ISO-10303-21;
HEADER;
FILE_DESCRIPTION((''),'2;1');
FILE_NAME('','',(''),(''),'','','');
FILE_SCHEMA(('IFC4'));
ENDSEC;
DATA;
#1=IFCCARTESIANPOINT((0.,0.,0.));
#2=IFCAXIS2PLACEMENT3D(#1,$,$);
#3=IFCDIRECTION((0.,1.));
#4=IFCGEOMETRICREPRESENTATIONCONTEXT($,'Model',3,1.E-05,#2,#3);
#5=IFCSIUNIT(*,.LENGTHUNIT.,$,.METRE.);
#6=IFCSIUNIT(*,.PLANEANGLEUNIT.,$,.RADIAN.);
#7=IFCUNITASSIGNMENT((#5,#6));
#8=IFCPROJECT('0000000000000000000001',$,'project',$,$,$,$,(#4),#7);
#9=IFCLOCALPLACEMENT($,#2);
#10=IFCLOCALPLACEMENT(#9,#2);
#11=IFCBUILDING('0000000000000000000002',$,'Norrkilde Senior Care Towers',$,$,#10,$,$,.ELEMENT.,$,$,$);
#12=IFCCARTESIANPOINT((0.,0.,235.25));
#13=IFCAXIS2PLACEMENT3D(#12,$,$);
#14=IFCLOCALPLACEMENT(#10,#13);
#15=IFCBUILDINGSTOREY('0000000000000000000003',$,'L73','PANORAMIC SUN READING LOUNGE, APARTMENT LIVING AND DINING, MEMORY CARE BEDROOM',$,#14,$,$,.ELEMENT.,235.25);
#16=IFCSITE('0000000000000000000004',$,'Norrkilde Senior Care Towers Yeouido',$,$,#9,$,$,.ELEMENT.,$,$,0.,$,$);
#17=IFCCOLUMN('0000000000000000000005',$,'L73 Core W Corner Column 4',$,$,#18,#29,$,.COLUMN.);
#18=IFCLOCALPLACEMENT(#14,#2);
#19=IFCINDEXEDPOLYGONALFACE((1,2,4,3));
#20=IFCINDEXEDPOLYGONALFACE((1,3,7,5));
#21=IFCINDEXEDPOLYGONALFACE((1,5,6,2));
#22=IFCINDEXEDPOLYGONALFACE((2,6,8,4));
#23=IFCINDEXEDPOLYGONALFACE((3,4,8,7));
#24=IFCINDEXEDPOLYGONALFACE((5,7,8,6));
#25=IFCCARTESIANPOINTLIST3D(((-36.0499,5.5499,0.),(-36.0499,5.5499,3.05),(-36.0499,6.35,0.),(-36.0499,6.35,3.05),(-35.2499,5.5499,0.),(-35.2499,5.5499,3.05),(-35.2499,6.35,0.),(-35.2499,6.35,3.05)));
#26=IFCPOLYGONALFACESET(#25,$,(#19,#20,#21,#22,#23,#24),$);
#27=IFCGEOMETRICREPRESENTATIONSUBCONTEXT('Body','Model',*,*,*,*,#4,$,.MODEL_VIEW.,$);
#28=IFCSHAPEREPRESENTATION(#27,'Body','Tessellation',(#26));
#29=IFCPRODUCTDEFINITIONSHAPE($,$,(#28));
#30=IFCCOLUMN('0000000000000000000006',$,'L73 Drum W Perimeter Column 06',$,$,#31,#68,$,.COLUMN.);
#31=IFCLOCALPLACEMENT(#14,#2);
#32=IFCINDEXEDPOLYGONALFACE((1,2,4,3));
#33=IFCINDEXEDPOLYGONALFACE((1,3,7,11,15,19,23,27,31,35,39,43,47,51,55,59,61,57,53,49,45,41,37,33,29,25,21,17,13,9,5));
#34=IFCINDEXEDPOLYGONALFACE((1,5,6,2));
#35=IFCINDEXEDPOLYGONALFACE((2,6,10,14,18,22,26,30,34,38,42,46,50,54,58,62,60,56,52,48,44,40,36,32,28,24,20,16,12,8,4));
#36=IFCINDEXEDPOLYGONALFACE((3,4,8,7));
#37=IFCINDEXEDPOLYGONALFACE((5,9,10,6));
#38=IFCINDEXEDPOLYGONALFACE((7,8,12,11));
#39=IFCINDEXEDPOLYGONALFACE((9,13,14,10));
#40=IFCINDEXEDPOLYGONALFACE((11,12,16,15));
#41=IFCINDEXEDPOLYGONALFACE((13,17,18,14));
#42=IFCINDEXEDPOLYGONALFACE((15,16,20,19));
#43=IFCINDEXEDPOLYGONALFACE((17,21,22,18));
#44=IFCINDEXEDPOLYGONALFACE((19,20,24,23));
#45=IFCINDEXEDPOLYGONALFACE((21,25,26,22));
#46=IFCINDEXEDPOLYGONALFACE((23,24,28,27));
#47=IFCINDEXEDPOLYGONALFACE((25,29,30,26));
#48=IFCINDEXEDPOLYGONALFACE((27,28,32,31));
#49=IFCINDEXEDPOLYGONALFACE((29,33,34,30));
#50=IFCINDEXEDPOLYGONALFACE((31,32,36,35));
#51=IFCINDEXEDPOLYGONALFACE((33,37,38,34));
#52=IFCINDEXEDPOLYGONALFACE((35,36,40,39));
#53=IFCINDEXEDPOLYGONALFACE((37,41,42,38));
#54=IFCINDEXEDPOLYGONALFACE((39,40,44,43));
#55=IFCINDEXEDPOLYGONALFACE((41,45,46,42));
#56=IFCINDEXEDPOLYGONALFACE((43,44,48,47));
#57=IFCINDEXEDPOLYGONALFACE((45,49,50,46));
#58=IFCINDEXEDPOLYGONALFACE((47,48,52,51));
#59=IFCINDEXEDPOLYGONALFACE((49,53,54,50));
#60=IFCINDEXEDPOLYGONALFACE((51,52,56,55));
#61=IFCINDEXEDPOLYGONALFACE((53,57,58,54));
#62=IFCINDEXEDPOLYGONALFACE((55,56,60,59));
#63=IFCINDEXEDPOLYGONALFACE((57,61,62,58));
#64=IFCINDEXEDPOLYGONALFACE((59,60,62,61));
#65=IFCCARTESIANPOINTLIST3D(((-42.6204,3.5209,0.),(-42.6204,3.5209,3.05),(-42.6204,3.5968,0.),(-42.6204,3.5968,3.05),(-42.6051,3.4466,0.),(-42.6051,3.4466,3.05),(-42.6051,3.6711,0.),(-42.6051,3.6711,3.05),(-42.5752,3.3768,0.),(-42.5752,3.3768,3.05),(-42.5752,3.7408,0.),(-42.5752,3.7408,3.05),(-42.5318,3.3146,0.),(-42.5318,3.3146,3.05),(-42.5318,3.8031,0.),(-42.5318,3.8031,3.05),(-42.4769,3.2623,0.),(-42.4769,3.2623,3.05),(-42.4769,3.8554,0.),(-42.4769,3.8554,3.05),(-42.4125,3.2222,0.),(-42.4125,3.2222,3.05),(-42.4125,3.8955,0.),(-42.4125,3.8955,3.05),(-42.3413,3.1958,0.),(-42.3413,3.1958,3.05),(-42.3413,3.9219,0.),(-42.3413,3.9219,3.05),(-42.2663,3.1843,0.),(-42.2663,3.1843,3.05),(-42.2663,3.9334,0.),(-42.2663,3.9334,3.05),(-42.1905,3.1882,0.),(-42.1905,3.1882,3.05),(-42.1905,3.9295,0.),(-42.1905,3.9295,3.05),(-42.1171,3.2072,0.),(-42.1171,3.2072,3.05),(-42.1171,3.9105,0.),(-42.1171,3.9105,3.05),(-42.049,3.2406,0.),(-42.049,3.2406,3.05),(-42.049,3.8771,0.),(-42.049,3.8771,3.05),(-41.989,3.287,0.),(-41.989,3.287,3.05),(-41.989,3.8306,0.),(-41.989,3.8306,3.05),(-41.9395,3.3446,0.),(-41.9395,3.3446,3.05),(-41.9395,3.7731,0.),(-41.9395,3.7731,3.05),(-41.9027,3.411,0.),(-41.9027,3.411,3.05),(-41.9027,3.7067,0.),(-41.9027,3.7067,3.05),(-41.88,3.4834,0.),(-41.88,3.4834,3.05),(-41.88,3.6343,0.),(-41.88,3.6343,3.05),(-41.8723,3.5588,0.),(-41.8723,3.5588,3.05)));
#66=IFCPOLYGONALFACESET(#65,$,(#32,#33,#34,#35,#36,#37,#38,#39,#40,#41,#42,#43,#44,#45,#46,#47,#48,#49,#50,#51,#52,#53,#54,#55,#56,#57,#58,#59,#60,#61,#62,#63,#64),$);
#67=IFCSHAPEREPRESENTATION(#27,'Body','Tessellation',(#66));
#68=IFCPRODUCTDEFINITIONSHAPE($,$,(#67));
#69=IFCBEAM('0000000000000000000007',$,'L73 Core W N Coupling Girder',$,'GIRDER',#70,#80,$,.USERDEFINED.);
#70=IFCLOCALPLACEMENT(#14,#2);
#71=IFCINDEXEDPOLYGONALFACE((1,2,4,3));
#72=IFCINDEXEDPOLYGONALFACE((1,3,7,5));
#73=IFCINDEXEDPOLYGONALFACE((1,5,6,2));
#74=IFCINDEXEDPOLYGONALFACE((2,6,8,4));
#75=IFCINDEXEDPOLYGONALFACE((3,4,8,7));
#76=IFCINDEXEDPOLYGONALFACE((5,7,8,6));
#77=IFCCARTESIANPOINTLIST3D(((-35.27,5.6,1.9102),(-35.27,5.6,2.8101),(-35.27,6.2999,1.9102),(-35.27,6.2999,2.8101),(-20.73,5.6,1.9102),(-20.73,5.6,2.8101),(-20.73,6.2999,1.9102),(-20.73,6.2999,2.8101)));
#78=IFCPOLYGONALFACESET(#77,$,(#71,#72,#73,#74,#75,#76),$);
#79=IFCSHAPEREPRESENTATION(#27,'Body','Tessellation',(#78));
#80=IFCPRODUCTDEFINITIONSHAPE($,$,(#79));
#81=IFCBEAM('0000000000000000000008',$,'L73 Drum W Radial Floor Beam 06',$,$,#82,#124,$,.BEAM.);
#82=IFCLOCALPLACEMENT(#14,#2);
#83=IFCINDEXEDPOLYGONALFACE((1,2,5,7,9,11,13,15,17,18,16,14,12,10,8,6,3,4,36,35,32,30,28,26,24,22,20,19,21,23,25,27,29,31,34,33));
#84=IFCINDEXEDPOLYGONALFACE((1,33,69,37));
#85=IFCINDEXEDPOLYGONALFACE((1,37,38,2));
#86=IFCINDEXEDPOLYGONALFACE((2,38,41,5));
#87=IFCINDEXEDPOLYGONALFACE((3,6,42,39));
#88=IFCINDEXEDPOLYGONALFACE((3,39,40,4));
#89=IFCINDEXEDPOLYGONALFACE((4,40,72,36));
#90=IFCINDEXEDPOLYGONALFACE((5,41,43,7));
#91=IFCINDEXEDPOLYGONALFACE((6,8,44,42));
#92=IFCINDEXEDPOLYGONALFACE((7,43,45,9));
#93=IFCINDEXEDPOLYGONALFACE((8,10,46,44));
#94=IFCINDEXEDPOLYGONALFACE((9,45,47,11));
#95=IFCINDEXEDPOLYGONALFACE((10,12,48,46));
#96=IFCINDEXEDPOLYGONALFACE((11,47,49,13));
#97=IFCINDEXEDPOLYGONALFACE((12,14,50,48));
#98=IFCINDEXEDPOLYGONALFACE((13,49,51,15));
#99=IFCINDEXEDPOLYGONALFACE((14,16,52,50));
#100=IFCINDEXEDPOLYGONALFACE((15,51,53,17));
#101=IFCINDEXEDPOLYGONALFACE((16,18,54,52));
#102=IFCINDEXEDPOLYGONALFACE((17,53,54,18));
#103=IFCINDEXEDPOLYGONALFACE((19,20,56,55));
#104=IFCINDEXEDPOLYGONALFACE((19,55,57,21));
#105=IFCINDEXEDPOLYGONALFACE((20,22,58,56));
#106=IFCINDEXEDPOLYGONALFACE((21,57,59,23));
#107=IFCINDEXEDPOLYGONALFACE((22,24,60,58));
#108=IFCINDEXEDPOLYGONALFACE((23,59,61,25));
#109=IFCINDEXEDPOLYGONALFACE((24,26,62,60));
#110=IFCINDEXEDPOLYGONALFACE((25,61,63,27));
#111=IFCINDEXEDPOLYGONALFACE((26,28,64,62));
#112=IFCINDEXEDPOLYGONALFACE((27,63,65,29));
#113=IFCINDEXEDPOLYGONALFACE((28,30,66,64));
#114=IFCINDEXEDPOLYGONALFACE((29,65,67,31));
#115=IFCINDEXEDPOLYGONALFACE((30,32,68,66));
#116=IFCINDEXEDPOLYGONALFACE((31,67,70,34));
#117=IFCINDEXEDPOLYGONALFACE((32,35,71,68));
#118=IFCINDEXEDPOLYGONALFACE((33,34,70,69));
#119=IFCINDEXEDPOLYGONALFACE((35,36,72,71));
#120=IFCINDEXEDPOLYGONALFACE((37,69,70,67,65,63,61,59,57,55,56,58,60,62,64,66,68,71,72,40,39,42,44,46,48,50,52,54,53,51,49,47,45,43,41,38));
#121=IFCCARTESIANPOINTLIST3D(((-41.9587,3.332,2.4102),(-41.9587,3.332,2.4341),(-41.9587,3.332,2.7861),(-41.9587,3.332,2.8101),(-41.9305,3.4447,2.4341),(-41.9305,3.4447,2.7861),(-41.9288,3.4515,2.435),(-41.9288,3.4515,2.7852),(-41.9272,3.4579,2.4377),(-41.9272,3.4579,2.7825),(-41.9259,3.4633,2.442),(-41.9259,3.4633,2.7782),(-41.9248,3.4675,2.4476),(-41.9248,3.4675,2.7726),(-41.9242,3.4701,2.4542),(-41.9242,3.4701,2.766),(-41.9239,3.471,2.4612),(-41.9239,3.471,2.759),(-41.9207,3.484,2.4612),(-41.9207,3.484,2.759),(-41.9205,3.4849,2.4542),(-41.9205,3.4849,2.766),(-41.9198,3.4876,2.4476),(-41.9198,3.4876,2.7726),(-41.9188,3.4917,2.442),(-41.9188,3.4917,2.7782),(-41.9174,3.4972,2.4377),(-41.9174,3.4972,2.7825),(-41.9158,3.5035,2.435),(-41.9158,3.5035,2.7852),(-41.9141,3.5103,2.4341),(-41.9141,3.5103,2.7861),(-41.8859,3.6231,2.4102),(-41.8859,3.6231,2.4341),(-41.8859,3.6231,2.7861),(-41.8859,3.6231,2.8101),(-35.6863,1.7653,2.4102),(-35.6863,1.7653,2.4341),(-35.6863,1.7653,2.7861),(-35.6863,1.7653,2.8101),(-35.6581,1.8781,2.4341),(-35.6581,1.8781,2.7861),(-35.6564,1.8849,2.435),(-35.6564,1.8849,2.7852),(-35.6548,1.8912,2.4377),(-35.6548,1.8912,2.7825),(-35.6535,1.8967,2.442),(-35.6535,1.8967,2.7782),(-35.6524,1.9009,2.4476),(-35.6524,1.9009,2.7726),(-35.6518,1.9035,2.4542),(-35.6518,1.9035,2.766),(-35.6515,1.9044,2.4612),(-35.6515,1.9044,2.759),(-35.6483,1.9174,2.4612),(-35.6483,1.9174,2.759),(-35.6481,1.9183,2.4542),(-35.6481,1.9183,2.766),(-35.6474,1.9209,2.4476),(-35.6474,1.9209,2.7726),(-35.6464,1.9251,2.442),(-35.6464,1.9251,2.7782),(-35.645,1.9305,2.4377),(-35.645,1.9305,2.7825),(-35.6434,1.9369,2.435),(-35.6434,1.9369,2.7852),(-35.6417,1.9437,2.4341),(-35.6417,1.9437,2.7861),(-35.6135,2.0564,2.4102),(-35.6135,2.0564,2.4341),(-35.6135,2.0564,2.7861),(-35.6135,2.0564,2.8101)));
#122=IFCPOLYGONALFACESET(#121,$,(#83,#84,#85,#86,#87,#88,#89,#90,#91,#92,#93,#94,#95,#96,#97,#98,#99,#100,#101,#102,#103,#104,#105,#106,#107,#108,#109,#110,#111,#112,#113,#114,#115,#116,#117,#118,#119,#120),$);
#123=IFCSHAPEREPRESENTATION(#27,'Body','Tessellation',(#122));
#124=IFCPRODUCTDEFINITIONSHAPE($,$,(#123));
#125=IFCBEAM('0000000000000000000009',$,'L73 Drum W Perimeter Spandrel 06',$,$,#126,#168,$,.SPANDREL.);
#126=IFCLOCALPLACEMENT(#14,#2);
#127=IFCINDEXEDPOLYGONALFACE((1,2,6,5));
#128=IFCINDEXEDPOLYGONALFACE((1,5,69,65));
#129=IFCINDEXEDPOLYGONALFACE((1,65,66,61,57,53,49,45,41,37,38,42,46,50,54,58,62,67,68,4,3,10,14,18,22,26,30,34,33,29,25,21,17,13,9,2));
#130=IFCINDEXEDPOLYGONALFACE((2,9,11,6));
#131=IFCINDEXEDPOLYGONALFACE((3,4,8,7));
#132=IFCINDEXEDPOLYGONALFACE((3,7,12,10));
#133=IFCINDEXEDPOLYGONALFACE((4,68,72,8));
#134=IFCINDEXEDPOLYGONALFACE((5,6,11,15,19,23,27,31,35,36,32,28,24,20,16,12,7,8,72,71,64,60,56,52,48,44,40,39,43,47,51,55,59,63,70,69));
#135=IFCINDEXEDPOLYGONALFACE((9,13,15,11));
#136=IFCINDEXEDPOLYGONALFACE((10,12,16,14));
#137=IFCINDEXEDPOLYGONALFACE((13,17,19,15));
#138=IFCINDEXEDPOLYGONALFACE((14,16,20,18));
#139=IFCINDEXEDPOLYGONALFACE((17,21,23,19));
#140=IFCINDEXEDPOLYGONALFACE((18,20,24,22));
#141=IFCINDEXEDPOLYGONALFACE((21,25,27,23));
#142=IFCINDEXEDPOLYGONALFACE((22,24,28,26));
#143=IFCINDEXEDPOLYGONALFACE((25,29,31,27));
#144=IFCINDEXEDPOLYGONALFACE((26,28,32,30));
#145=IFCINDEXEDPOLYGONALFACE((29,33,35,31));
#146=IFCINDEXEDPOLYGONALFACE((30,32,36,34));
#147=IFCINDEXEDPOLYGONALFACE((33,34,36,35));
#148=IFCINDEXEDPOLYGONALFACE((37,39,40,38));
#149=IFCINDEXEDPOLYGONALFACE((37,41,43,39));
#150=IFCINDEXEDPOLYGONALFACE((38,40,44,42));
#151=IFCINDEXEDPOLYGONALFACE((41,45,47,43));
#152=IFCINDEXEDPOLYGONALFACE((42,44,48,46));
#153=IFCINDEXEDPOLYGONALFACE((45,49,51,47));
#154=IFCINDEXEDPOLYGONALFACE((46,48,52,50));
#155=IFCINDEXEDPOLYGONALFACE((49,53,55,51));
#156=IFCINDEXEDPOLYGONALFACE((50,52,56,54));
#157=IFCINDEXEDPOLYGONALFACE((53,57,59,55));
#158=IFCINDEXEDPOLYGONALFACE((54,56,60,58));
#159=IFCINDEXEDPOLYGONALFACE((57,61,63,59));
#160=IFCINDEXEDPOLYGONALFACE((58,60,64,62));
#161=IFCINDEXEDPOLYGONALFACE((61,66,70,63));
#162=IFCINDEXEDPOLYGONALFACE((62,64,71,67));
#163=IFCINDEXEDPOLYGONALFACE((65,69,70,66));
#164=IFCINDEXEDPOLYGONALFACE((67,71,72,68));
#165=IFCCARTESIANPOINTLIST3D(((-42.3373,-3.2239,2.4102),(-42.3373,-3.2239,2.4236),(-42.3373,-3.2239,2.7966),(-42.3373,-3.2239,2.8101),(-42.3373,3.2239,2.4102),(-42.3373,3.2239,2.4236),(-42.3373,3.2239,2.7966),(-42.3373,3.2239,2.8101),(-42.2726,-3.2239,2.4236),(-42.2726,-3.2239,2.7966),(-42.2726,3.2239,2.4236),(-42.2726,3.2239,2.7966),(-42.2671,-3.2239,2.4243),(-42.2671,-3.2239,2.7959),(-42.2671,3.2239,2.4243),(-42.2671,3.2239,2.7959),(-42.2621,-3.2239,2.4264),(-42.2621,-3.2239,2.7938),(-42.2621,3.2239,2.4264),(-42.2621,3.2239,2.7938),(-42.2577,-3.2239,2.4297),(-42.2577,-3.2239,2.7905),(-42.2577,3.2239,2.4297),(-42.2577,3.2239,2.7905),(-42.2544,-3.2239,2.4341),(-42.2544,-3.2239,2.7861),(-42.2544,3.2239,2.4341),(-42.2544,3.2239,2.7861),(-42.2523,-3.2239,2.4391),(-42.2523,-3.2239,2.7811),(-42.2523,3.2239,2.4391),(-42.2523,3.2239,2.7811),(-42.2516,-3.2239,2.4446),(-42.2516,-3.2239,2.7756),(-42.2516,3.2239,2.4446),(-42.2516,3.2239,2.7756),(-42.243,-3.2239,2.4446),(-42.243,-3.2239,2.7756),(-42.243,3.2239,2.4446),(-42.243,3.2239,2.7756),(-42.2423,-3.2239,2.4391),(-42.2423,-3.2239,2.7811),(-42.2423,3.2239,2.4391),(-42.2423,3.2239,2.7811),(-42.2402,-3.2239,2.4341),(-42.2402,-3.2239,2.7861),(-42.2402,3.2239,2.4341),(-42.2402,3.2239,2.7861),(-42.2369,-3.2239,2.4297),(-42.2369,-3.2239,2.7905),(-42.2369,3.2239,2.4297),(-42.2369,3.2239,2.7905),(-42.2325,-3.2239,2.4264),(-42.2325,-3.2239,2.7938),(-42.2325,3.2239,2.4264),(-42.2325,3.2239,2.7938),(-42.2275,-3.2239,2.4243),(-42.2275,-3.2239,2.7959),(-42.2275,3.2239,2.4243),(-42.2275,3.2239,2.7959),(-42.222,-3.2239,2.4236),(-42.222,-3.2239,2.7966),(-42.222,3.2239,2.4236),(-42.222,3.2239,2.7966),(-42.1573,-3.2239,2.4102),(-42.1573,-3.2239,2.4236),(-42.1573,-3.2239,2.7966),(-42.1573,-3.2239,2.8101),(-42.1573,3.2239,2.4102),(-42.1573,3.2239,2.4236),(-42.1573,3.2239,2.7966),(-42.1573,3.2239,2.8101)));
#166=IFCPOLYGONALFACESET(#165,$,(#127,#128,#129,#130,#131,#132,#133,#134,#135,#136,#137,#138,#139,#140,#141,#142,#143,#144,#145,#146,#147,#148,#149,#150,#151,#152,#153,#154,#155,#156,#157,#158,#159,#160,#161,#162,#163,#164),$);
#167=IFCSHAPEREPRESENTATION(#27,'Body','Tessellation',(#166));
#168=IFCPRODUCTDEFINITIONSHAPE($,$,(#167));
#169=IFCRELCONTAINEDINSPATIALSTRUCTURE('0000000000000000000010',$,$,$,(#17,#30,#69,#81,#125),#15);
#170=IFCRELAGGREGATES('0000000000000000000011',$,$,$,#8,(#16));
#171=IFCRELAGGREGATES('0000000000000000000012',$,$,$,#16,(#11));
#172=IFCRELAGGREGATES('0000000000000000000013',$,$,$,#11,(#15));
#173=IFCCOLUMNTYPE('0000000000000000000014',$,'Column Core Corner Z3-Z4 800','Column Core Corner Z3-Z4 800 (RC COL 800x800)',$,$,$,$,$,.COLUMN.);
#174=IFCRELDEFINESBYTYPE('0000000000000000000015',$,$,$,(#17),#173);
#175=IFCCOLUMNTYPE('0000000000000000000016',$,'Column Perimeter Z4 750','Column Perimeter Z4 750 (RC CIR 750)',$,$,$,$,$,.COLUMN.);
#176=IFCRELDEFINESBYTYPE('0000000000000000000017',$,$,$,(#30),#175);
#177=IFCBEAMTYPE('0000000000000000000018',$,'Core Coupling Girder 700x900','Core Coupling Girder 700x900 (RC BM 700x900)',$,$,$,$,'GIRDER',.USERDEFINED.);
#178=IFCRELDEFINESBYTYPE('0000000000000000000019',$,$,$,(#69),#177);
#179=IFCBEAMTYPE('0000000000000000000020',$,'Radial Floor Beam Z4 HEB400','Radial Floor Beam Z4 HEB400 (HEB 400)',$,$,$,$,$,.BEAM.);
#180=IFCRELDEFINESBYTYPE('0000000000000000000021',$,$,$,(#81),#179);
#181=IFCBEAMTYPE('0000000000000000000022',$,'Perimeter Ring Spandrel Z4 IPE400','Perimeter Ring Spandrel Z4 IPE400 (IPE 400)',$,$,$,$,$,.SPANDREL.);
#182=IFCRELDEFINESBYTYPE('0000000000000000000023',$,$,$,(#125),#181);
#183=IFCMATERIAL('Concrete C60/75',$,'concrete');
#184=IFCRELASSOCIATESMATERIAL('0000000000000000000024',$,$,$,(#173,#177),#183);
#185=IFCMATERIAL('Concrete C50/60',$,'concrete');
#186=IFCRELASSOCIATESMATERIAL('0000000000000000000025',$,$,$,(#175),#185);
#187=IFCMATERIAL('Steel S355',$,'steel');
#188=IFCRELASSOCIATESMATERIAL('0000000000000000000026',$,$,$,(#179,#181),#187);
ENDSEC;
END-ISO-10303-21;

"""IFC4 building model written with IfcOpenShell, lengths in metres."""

from ifc_helpers import new_model, si_unit, direction, frame, origin, origin_2d, place, context, subcontext, project, spatial, rectangle, circle, i_section, extrude, source, transform, mapped, material, material_profile, profile_set, type_object, type_shapes, element, save


model = new_model("IFC4")

# Units and contexts
model_context = context("Model", 3, precision=1e-05, world=origin(), true_north=direction((0.0, 1.0)))
body_context = subcontext(model_context, "Body", "Model", "MODEL_VIEW")
ifc_project = project(units=[si_unit("LENGTHUNIT", "METRE"), si_unit("PLANEANGLEUNIT", "RADIAN")], contexts=[model_context])

# Site, building, storey
site_placement = place(None, origin())
site = spatial("IfcSite", under=ifc_project, at=site_placement, Name="Norrkilde Senior Care Towers Yeouido", CompositionType="ELEMENT", RefElevation=0.0)
building_placement = place(site_placement, origin())
building = spatial("IfcBuilding", under=site, at=building_placement, Name="Norrkilde Senior Care Towers", CompositionType="ELEMENT")
storey_placement = place(building_placement, frame((0.0, 0.0, 235.25)))
storey = spatial("IfcBuildingStorey", under=building, at=storey_placement, Name="L73", Description="PANORAMIC SUN READING LOUNGE, APARTMENT LIVING AND DINING, MEMORY CARE BEDROOM", CompositionType="ELEMENT", Elevation=235.25)

# Columns
ifc_material_1 = material(Name="Concrete C60/75", Category="concrete")
ifc_material_profile_1 = material_profile(ifc_material_1, rectangle(XDim=0.8, YDim=0.8, at=origin_2d()), Name="RC COL 800x800")
ifc_profile_set_1 = profile_set([ifc_material_profile_1], Name="Concrete C60/75")
column_type_1 = type_object("IfcColumnType", Name="Column Core Corner Z3-Z4 800", Description="Column Core Corner Z3-Z4 800 (RC COL 800x800)", PredefinedType="COLUMN", material=ifc_profile_set_1)
shared_shape_1 = source(origin(), body_context, "Body", "SweptSolid", [
    extrude(rectangle(XDim=0.8, YDim=0.8, at=origin_2d()), origin(), (0.0, 0.0, 1.0), 3.05),
])
type_shapes(column_type_1, [shared_shape_1])
column_1_placement = place(storey_placement, frame((-35.6499, 5.95, 0.0), z_axis=(0.0, 0.0, 1.0), x_axis=(1.0, 0.0, 0.0)))
element("IfcColumn", 1, at=column_1_placement, inside=storey, type_object=column_type_1, Name="L73 Core W Corner Column 4", PredefinedType="COLUMN", context=body_context, shape_type="MappedRepresentation", body=[
    mapped(shared_shape_1, transform((0.0, 0.0, 0.0), x_axis=(1.0, 0.0, 0.0), y_axis=(0.0, 1.0, 0.0), z_axis=(0.0, 0.0, 1.0), scale=1.0)),
])
ifc_material_2 = material(Name="Concrete C50/60", Category="concrete")
ifc_material_profile_2 = material_profile(ifc_material_2, circle(Radius=0.375, at=origin_2d()), Name="RC CIR 750")
ifc_profile_set_2 = profile_set([ifc_material_profile_2], Name="Concrete C50/60")
column_type_2 = type_object("IfcColumnType", Name="Column Perimeter Z4 750", Description="Column Perimeter Z4 750 (RC CIR 750)", PredefinedType="COLUMN", material=ifc_profile_set_2)
shared_shape_2 = source(origin(), body_context, "Body", "SweptSolid", [
    extrude(circle(Radius=0.375, at=origin_2d()), origin(), (0.0, 0.0, 1.0), 3.05),
])
type_shapes(column_type_2, [shared_shape_2])
column_2_placement = place(storey_placement, frame((-42.2473, 3.5588, 0.0), z_axis=(0.0, 0.0, 1.0), x_axis=(1.0, 0.0, 0.0)))
element("IfcColumn", 2, at=column_2_placement, inside=storey, type_object=column_type_2, Name="L73 Drum W Perimeter Column 06", PredefinedType="COLUMN", context=body_context, shape_type="MappedRepresentation", body=[
    mapped(shared_shape_2, transform((0.0, 0.0, 0.0), x_axis=(1.0, 0.0, 0.0), y_axis=(0.0, 1.0, 0.0), z_axis=(0.0, 0.0, 1.0), scale=1.0)),
])

# Beams
ifc_material_profile_3 = material_profile(ifc_material_1, rectangle(XDim=0.7, YDim=0.8999, at=origin_2d()), Name="RC BM 700x900")
ifc_profile_set_3 = profile_set([ifc_material_profile_3], Name="Concrete C60/75")
beam_type_1 = type_object("IfcBeamType", Name="Core Coupling Girder 700x900", Description="Core Coupling Girder 700x900 (RC BM 700x900)", ElementType="GIRDER", PredefinedType="USERDEFINED", material=ifc_profile_set_3)
shared_shape_3 = source(origin(), body_context, "Body", "SweptSolid", [
    extrude(rectangle(XDim=0.7, YDim=0.8999, at=origin_2d()), origin(), (0.0, 0.0, 1.0), 14.54),
])
type_shapes(beam_type_1, [shared_shape_3])
beam_1_placement = place(storey_placement, frame((-35.27, 5.95, 2.3601), z_axis=(1.0, 0.0, 0.0), x_axis=(0.0, 1.0, 0.0)))
element("IfcBeam", 3, at=beam_1_placement, inside=storey, type_object=beam_type_1, Name="L73 Core W N Coupling Girder", ObjectType="GIRDER", PredefinedType="USERDEFINED", context=body_context, shape_type="MappedRepresentation", body=[
    mapped(shared_shape_3, transform((0.0, 0.0, 0.0), x_axis=(1.0, 0.0, 0.0), y_axis=(0.0, 1.0, 0.0), z_axis=(0.0, 0.0, 1.0), scale=1.0)),
])
ifc_material_3 = material(Name="Steel S355", Category="steel")
ifc_material_profile_4 = material_profile(ifc_material_3, i_section(OverallWidth=0.3, OverallDepth=0.3999, WebThickness=0.0134, FlangeThickness=0.0239, FilletRadius=0.0271, at=origin_2d()), Name="HEB 400")
ifc_profile_set_4 = profile_set([ifc_material_profile_4], Name="Steel S355")
beam_type_2 = type_object("IfcBeamType", Name="Radial Floor Beam Z4 HEB400", Description="Radial Floor Beam Z4 HEB400 (HEB 400)", PredefinedType="BEAM", material=ifc_profile_set_4)
shared_shape_4 = source(origin(), body_context, "Body", "SweptSolid", [
    extrude(i_section(OverallWidth=0.3, OverallDepth=0.3999, WebThickness=0.0134, FlangeThickness=0.0239, FilletRadius=0.0271, at=origin_2d()), origin(), (0.0, 0.0, 1.0), 6.4651),
])
type_shapes(beam_type_2, [shared_shape_4])
beam_2_placement = place(storey_placement, frame((-35.6499, 1.9109, 2.6101), z_axis=(-0.970196, 0.242322, 0.0), x_axis=(-0.242322, -0.970196, 0.0)))
element("IfcBeam", 4, at=beam_2_placement, inside=storey, type_object=beam_type_2, Name="L73 Drum W Radial Floor Beam 06", PredefinedType="BEAM", context=body_context, shape_type="MappedRepresentation", body=[
    mapped(shared_shape_4, transform((0.0, 0.0, 0.0), x_axis=(1.0, 0.0, 0.0), y_axis=(0.0, 1.0, 0.0), z_axis=(0.0, 0.0, 1.0), scale=1.0)),
])
ifc_material_profile_5 = material_profile(ifc_material_3, i_section(OverallWidth=0.1799, OverallDepth=0.3999, WebThickness=0.0085, FlangeThickness=0.0134, FilletRadius=0.021, at=origin_2d()), Name="IPE 400")
ifc_profile_set_5 = profile_set([ifc_material_profile_5], Name="Steel S355")
beam_type_3 = type_object("IfcBeamType", Name="Perimeter Ring Spandrel Z4 IPE400", Description="Perimeter Ring Spandrel Z4 IPE400 (IPE 400)", PredefinedType="SPANDREL", material=ifc_profile_set_5)
shared_shape_5 = source(origin(), body_context, "Body", "SweptSolid", [
    extrude(i_section(OverallWidth=0.1799, OverallDepth=0.3999, WebThickness=0.0085, FlangeThickness=0.0134, FilletRadius=0.021, at=origin_2d()), origin(), (0.0, 0.0, 1.0), 6.4478),
])
type_shapes(beam_type_3, [shared_shape_5])
beam_3_placement = place(storey_placement, frame((-42.2473, 3.2239, 2.6101), z_axis=(0.0, -1.0, 0.0), x_axis=(1.0, 0.0, 0.0)))
element("IfcBeam", 5, at=beam_3_placement, inside=storey, type_object=beam_type_3, Name="L73 Drum W Perimeter Spandrel 06", PredefinedType="SPANDREL", context=body_context, shape_type="MappedRepresentation", body=[
    mapped(shared_shape_5, transform((0.0, 0.0, 0.0), x_axis=(1.0, 0.0, 0.0), y_axis=(0.0, 1.0, 0.0), z_axis=(0.0, 0.0, 1.0), scale=1.0)),
])

save(model, "model.ifc")
